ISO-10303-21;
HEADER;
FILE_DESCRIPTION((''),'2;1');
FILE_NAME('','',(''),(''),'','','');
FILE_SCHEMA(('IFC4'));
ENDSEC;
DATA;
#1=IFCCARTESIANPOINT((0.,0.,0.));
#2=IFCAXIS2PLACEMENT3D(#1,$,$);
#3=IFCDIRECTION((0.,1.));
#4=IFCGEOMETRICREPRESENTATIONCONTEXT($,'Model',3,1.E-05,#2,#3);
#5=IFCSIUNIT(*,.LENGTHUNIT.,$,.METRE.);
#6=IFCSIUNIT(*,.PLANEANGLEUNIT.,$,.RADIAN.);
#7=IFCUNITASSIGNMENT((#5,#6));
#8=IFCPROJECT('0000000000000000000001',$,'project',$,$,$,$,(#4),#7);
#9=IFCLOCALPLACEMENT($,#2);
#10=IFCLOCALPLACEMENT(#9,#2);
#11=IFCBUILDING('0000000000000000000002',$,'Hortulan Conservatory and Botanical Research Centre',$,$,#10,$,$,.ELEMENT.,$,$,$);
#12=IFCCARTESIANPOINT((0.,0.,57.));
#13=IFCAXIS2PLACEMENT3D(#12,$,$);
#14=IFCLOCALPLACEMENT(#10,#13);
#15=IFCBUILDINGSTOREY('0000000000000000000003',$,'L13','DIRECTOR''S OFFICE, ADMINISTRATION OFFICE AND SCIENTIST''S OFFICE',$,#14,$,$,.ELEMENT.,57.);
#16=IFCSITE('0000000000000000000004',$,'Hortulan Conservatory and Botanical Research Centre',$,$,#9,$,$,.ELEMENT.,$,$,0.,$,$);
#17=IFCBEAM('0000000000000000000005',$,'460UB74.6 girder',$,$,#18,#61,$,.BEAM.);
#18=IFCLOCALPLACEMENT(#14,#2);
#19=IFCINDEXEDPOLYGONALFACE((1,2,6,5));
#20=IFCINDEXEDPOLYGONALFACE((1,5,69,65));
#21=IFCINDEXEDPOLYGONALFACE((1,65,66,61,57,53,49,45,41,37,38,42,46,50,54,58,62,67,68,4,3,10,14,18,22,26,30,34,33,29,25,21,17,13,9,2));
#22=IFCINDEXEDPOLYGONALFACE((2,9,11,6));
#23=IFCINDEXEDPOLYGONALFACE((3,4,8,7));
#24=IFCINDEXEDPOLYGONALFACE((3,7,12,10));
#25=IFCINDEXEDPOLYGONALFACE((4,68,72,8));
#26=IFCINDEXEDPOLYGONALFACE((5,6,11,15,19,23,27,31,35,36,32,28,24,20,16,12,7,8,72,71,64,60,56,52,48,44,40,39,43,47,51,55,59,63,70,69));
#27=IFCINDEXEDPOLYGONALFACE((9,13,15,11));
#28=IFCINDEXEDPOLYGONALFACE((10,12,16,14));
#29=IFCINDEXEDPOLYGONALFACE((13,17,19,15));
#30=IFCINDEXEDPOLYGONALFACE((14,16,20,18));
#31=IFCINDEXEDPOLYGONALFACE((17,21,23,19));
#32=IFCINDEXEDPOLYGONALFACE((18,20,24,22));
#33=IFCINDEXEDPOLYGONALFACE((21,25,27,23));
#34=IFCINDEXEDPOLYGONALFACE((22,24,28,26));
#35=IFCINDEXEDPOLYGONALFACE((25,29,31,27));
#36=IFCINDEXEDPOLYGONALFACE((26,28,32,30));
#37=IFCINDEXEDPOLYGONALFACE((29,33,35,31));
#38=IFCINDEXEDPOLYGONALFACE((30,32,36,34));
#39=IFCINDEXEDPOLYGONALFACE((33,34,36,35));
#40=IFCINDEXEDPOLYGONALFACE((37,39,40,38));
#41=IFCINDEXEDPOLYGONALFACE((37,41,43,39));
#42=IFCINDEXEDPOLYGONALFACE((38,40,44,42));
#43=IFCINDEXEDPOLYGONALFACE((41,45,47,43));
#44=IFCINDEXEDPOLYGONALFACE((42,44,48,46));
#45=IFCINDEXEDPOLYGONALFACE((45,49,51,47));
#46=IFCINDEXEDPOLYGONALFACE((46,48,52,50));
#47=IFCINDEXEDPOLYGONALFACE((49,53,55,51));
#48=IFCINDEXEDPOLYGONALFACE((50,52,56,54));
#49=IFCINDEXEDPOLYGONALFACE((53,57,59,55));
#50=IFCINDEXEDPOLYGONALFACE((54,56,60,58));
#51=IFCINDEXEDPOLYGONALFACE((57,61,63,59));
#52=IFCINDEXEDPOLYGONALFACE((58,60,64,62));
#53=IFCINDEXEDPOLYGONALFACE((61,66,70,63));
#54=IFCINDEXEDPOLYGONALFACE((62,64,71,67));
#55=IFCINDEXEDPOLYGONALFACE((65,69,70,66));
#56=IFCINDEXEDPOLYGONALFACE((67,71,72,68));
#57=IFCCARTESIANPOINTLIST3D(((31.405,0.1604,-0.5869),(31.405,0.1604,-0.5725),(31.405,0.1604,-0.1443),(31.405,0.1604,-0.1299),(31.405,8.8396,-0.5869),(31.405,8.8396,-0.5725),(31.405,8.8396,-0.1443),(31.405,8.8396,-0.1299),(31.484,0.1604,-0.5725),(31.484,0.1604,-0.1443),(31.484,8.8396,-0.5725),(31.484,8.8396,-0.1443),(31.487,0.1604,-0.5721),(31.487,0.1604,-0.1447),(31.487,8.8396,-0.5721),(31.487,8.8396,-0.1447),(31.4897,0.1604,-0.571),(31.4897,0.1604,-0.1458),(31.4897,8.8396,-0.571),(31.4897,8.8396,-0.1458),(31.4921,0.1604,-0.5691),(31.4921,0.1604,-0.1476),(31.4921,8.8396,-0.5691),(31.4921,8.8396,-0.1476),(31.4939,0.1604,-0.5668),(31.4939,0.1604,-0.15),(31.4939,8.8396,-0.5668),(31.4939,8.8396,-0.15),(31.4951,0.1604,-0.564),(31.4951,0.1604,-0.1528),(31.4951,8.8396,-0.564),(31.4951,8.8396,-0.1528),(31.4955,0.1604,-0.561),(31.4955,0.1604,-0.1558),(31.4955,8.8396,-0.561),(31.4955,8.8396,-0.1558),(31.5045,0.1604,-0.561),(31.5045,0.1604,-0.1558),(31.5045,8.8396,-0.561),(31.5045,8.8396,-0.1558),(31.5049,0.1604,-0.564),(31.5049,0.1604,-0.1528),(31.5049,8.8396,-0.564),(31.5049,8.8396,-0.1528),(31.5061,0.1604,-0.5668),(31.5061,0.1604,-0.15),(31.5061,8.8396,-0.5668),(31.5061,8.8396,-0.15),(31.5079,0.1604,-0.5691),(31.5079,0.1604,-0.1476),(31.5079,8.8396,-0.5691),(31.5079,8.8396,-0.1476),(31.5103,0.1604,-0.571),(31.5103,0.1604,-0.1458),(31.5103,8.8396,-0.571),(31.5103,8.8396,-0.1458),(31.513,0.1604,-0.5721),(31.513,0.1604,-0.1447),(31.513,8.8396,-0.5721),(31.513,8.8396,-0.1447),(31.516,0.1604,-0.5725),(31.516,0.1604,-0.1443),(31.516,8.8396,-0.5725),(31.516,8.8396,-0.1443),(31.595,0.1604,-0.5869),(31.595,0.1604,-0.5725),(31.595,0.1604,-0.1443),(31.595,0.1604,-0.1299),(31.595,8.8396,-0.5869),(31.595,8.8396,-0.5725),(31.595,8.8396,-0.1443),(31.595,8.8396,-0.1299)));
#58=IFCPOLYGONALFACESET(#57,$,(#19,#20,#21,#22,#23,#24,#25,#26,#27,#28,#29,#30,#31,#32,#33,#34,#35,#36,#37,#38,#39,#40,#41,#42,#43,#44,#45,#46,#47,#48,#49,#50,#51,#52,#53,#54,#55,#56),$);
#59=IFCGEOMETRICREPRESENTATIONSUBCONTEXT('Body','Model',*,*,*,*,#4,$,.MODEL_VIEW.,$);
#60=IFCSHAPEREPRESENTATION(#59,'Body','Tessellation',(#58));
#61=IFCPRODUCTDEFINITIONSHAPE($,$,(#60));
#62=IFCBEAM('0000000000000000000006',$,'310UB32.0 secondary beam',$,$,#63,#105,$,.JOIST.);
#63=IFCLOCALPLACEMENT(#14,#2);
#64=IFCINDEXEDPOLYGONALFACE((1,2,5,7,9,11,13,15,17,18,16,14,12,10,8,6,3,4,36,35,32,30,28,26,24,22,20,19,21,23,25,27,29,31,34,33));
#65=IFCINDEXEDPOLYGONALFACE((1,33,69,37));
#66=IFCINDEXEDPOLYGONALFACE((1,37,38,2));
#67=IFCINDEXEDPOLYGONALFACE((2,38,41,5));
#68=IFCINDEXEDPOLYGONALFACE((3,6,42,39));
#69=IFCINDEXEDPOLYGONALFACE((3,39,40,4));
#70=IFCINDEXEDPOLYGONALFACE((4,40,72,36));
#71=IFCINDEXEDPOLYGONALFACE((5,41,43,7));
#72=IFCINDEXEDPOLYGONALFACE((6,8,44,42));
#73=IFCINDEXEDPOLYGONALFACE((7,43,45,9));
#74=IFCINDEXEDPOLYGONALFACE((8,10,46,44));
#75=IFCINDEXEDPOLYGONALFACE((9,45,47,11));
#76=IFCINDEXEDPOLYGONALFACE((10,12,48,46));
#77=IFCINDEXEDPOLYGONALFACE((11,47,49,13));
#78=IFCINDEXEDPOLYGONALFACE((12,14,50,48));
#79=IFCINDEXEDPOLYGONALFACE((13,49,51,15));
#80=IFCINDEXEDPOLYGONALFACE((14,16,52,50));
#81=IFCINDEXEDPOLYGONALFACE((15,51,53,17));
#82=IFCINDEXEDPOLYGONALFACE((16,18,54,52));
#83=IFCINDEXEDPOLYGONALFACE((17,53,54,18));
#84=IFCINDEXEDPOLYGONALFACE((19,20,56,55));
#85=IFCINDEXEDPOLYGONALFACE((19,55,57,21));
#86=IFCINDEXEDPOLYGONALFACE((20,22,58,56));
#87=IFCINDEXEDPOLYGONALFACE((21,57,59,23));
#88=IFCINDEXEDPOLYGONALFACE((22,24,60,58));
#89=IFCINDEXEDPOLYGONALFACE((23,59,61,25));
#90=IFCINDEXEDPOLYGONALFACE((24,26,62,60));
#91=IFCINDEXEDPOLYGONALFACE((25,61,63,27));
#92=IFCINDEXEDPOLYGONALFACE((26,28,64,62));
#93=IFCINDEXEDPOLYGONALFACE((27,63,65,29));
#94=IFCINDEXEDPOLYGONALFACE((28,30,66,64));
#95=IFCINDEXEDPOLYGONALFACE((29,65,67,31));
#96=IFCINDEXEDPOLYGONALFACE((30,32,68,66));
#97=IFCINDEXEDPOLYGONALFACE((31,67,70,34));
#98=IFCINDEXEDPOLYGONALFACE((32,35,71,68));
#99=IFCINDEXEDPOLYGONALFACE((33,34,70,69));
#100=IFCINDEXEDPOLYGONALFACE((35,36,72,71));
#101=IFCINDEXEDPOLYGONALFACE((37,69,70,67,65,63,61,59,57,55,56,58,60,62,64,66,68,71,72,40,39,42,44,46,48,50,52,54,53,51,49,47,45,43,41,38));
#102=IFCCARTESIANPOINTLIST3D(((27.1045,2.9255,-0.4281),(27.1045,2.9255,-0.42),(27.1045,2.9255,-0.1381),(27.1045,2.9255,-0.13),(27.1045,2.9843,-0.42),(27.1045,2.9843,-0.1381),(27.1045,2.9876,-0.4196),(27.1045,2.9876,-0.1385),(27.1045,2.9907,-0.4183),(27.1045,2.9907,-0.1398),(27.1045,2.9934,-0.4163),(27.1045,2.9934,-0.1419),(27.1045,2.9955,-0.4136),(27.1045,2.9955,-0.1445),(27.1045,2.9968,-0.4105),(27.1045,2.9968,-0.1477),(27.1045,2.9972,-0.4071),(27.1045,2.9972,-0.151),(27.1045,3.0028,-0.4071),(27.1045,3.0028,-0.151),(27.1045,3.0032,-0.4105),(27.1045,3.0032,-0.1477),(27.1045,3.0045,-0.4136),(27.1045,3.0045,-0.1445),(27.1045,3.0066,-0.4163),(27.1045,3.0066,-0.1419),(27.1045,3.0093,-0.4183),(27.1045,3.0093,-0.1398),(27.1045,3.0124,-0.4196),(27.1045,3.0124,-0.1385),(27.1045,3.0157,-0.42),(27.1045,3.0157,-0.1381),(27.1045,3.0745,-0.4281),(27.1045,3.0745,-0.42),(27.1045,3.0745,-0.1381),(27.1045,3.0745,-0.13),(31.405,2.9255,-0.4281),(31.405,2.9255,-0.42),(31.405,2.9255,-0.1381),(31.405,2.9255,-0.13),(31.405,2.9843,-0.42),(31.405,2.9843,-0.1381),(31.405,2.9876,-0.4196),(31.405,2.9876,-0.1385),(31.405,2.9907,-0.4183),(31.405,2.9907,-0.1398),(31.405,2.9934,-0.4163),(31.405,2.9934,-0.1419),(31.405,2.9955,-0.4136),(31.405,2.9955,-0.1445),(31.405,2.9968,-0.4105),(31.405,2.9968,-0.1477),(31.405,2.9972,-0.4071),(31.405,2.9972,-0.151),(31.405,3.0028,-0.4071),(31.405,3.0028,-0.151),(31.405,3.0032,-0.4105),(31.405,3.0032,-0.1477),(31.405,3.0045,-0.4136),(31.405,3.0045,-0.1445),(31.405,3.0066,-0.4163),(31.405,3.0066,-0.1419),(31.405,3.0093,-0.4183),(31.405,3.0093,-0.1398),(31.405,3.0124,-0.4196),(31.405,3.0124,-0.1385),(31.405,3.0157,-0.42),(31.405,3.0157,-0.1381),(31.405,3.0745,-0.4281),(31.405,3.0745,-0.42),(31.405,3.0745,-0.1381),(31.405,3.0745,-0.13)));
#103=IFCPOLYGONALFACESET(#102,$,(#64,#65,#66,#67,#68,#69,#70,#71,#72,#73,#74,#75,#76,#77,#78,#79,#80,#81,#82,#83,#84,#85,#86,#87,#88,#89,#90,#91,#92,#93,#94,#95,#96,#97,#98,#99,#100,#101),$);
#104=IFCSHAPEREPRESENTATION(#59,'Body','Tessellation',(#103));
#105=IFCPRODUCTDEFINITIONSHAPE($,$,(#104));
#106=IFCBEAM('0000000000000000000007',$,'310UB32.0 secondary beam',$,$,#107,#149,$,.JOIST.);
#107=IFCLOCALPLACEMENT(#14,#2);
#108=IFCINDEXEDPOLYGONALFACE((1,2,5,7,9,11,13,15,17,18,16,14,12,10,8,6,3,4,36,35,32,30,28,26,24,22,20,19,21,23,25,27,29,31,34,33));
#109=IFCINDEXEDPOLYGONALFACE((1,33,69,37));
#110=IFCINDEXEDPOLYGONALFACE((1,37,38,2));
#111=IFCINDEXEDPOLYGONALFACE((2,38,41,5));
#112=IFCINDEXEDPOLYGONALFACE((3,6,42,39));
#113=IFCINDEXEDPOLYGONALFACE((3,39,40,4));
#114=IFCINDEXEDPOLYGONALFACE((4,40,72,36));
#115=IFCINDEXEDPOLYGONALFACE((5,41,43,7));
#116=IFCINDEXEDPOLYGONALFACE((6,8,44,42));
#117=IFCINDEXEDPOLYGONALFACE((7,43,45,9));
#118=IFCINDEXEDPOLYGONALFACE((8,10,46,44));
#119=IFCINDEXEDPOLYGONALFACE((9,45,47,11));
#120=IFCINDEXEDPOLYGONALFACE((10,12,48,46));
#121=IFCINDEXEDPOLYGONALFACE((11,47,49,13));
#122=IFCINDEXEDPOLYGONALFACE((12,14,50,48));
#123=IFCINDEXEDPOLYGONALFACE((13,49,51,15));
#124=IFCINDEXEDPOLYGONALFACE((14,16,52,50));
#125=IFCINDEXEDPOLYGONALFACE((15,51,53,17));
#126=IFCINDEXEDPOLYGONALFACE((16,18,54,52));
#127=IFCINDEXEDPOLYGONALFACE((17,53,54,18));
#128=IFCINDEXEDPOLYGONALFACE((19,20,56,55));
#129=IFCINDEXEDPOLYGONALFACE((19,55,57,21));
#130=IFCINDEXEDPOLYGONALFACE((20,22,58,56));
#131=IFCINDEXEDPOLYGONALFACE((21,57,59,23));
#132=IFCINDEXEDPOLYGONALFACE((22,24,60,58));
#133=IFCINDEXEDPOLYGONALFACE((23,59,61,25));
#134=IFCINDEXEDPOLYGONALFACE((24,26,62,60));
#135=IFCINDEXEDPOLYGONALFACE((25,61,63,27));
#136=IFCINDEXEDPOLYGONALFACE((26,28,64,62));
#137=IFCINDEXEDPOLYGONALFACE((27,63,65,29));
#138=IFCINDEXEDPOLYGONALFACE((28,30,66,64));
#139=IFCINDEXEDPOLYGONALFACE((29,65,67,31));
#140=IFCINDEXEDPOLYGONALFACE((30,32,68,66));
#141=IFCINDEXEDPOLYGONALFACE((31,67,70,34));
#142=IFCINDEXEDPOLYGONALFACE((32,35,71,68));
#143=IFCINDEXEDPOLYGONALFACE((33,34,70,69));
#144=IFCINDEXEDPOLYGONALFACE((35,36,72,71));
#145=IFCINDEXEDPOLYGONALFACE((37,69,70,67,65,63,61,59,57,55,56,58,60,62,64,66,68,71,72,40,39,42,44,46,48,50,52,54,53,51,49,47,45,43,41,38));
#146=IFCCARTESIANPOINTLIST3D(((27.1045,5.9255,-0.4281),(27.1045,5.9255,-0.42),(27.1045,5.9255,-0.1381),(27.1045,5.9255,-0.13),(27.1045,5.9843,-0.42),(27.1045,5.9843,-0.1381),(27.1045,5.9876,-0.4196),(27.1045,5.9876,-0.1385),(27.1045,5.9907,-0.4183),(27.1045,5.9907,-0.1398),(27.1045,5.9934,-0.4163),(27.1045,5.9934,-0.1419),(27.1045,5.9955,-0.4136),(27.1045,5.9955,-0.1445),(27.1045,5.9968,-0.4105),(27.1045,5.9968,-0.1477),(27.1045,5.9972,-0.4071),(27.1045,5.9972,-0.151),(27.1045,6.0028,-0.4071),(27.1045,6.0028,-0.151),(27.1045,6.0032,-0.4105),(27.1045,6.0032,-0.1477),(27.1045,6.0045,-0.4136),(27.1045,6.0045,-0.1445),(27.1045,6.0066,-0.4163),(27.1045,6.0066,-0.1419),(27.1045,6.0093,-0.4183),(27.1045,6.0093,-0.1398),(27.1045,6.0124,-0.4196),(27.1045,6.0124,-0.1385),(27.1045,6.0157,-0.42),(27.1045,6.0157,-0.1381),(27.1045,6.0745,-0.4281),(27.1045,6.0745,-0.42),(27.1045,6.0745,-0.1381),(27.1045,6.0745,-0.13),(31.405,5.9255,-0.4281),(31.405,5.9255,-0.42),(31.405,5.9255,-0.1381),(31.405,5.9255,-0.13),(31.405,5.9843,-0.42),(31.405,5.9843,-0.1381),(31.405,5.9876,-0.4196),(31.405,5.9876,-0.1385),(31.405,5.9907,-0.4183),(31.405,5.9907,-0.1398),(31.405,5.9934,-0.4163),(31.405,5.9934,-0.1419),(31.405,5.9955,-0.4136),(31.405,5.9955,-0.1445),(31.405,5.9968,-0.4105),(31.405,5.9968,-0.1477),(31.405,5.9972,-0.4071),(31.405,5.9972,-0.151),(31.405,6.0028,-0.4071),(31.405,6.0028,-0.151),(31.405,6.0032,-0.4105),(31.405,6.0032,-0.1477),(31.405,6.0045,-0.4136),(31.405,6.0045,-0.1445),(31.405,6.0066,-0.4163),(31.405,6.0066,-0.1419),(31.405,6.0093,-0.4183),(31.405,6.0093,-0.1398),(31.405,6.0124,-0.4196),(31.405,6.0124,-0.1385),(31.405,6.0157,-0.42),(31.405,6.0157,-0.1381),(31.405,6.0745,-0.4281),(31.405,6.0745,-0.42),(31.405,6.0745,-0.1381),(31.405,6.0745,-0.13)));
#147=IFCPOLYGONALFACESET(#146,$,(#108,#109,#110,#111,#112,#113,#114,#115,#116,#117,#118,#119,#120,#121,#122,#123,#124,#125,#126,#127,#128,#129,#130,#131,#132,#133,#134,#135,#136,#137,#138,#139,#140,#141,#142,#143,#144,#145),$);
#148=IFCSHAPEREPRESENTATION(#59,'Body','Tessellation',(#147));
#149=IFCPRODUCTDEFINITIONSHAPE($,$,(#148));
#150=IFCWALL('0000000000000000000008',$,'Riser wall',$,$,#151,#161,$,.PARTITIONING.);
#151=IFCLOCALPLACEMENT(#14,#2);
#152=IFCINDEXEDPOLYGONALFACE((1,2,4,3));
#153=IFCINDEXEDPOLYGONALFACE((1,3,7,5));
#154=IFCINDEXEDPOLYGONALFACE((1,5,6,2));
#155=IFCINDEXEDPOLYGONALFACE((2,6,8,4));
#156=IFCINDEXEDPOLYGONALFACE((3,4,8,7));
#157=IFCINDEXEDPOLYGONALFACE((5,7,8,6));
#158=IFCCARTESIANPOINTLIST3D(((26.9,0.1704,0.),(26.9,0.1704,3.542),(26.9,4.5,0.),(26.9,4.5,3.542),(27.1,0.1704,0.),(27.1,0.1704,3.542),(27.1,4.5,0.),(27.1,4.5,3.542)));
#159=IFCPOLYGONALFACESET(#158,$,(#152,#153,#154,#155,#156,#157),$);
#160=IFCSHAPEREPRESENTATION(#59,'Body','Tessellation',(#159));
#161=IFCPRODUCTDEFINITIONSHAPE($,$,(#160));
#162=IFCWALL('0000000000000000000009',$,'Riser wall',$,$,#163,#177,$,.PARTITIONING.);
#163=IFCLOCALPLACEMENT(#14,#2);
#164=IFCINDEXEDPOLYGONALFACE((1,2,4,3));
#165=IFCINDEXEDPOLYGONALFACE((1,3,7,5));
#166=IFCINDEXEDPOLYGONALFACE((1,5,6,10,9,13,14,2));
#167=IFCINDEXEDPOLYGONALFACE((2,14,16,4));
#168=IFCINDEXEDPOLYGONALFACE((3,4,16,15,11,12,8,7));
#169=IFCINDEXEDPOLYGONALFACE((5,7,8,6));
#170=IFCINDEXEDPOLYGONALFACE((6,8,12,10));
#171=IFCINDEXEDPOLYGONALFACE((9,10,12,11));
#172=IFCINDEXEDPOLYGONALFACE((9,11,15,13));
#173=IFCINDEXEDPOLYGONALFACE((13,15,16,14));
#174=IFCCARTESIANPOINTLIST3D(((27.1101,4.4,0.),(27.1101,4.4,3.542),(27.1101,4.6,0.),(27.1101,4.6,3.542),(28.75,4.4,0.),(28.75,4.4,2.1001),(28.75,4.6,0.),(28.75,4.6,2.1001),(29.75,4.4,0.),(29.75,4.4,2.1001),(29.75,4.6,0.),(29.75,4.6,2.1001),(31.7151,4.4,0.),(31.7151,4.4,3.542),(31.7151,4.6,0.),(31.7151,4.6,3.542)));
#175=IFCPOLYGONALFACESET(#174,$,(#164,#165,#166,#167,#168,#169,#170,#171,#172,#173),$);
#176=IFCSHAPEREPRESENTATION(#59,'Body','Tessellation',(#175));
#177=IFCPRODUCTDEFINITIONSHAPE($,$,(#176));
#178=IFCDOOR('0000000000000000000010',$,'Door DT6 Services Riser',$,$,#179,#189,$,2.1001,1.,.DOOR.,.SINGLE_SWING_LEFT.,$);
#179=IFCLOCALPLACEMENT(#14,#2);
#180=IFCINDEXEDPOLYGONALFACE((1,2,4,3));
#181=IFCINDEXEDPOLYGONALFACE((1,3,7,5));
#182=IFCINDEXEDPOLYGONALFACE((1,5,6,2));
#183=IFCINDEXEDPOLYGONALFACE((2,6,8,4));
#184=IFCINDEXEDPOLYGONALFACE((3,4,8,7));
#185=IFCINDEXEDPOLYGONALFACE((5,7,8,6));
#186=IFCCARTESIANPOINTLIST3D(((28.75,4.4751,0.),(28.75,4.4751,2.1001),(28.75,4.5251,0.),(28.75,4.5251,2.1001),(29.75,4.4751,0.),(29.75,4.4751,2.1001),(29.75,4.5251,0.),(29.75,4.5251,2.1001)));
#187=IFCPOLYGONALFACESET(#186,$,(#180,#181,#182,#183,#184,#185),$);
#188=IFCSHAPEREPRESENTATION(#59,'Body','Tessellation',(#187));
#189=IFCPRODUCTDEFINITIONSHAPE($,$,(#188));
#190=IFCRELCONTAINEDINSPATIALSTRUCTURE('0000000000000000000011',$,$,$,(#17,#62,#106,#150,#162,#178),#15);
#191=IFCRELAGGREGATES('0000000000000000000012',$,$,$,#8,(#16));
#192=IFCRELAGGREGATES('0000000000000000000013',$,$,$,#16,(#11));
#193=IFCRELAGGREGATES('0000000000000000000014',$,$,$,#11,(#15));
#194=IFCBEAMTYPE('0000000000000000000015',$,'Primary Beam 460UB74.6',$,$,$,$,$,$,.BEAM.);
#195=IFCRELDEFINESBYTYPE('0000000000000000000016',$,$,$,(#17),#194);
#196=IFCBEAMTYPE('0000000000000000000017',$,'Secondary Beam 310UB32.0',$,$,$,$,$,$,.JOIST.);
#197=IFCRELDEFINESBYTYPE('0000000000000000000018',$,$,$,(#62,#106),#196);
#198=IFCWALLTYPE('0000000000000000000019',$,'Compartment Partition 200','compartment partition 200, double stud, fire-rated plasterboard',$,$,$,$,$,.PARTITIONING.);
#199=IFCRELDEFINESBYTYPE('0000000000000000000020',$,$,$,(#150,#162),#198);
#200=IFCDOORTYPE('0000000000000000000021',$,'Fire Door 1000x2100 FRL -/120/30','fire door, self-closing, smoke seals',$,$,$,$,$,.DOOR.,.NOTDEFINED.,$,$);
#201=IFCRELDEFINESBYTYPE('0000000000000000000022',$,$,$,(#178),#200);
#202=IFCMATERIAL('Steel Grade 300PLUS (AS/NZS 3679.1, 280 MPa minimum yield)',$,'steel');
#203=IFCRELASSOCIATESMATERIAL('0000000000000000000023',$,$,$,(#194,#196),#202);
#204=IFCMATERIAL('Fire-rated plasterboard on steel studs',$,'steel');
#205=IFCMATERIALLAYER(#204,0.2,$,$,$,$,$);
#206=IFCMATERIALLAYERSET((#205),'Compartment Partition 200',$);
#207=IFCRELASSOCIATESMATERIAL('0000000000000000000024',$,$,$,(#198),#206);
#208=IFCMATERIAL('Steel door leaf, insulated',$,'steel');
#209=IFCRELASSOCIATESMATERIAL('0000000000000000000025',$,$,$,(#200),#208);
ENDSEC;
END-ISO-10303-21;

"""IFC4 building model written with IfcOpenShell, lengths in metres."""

from ifc_helpers import new_model, si_unit, direction, frame, frame_2d, origin, origin_2d, place, context, subcontext, project, spatial, rectangle, i_section, extrude, material, layer, layer_set, material_profile, profile_set, type_object, element, fill, save


model = new_model("IFC4")

# Units and contexts
model_context = context("Model", 3, precision=1e-05, world=origin(), true_north=direction((0.0, 1.0)))
body_context = subcontext(model_context, "Body", "Model", "MODEL_VIEW")
ifc_project = project(units=[si_unit("LENGTHUNIT", "METRE"), si_unit("PLANEANGLEUNIT", "RADIAN")], contexts=[model_context])

# Site, building, storey
site_placement = place(None, origin())
site = spatial("IfcSite", under=ifc_project, at=site_placement, Name="Hortulan Conservatory and Botanical Research Centre", CompositionType="ELEMENT", RefElevation=0.0)
building_placement = place(site_placement, origin())
building = spatial("IfcBuilding", under=site, at=building_placement, Name="Hortulan Conservatory and Botanical Research Centre", CompositionType="ELEMENT")
storey_placement = place(building_placement, frame((0.0, 0.0, 57.0)))
storey = spatial("IfcBuildingStorey", under=building, at=storey_placement, Name="L13", Description="DIRECTOR'S OFFICE, ADMINISTRATION OFFICE AND SCIENTIST'S OFFICE", CompositionType="ELEMENT", Elevation=57.0)

# Shared definitions
ifc_material_1 = material(Name="Steel Grade 300PLUS (AS/NZS 3679.1, 280 MPa minimum yield)", Category="steel")

# Beams
ifc_material_profile_1 = material_profile(ifc_material_1, i_section(OverallWidth=0.1899, OverallDepth=0.457, WebThickness=0.009, FlangeThickness=0.0144, FilletRadius=0.0115, at=origin_2d()), Name="460UB74.6")
ifc_profile_set_1 = profile_set([ifc_material_profile_1], Name="Steel Grade 300PLUS (AS/NZS 3679.1, 280 MPa minimum yield)")
beam_type_1 = type_object("IfcBeamType", Name="Primary Beam 460UB74.6", PredefinedType="BEAM", material=ifc_profile_set_1)
beam_1_placement = place(storey_placement, frame((31.5, 0.1604, -0.3584), z_axis=(0.0, 1.0, 0.0), x_axis=(-1.0, 0.0, 0.0)))
element("IfcBeam", 1, at=beam_1_placement, inside=storey, type_object=beam_type_1, Name="460UB74.6 girder", PredefinedType="BEAM", context=body_context, shape_type="SweptSolid", body=[
    extrude(i_section(OverallWidth=0.1899, OverallDepth=0.457, WebThickness=0.009, FlangeThickness=0.0144, FilletRadius=0.0115, at=origin_2d()), origin(), (0.0, 0.0, 1.0), 8.6792),
])
ifc_material_profile_2 = material_profile(ifc_material_1, i_section(OverallWidth=0.1489, OverallDepth=0.2981, WebThickness=0.0056, FlangeThickness=0.0081, FilletRadius=0.0129, at=origin_2d()), Name="310UB32.0")
ifc_profile_set_2 = profile_set([ifc_material_profile_2], Name="Steel Grade 300PLUS (AS/NZS 3679.1, 280 MPa minimum yield)")
beam_type_2 = type_object("IfcBeamType", Name="Secondary Beam 310UB32.0", PredefinedType="JOIST", material=ifc_profile_set_2)
for number, where, z_axis, x_axis, name in (
    (2, (27.1045, 3.0, -0.2791), (1.0, 0.0, 0.0), (0.0, 1.0, 0.0), "310UB32.0 secondary beam"),
    (3, (27.1045, 6.0, -0.2791), (1.0, 0.0, 0.0), (0.0, 1.0, 0.0), "310UB32.0 secondary beam"),
):
    element("IfcBeam", number, at=place(storey_placement, frame(where, z_axis=z_axis, x_axis=x_axis)), inside=storey, type_object=beam_type_2, Name=name, PredefinedType="JOIST", context=body_context, shape_type="SweptSolid", body=[
        extrude(i_section(OverallWidth=0.1489, OverallDepth=0.2981, WebThickness=0.0056, FlangeThickness=0.0081, FilletRadius=0.0129, at=origin_2d()), origin(), (0.0, 0.0, 1.0), 4.3005),
    ])

# Wall
ifc_material_2 = material(Name="Fire-rated plasterboard on steel studs", Category="steel")
ifc_layer_1 = layer(ifc_material_2, 0.2)
ifc_layer_set_1 = layer_set([ifc_layer_1], Name="Compartment Partition 200")
wall_type_1 = type_object("IfcWallType", Name="Compartment Partition 200", Description="compartment partition 200, double stud, fire-rated plasterboard", PredefinedType="PARTITIONING", material=ifc_layer_set_1)
wall_1_placement = place(storey_placement, frame((27.0, 0.1704, 0.0), z_axis=(0.0, 0.0, 1.0), x_axis=(0.0, 1.0, 0.0)))
element("IfcWall", 4, at=wall_1_placement, inside=storey, type_object=wall_type_1, Name="Riser wall", PredefinedType="PARTITIONING", context=body_context, shape_type="SweptSolid", body=[
    extrude(rectangle(XDim=4.3296, YDim=0.2, at=frame_2d((2.1648, 0.0))), origin(), (0.0, 0.0, 1.0), 3.542),
])

# Wall, opening, door
wall_2_placement = place(storey_placement, frame((27.1101, 4.5, 0.0), z_axis=(0.0, 0.0, 1.0), x_axis=(1.0, 0.0, 0.0)))
wall_2 = element("IfcWall", 5, at=wall_2_placement, inside=storey, type_object=wall_type_1, Name="Riser wall", PredefinedType="PARTITIONING", context=body_context, shape_type="SweptSolid", body=[
    extrude(rectangle(XDim=4.605, YDim=0.2, at=frame_2d((2.3025, 0.0))), origin(), (0.0, 0.0, 1.0), 3.542),
])
opening_1_placement = place(wall_2_placement, frame((1.6399, 0.0, 0.0)))
opening_1 = element("IfcOpeningElement", 6, at=opening_1_placement, cuts=wall_2, PredefinedType="OPENING", context=body_context, shape_type="SweptSolid", body=[
    extrude(rectangle(XDim=1.0, YDim=2.1001, at=frame_2d((0.5, 1.05))), frame((0.0, 0.1099, 0.0), z_axis=(0.0, -1.0, 0.0), x_axis=(1.0, 0.0, 0.0)), (0.0, 0.0, 1.0), 0.22),
])
ifc_material_3 = material(Name="Steel door leaf, insulated", Category="steel")
door_type = type_object("IfcDoorType", Name="Fire Door 1000x2100 FRL -/120/30", Description="fire door, self-closing, smoke seals", OperationType="NOTDEFINED", PredefinedType="DOOR", material=ifc_material_3)
door_placement = place(opening_1_placement, frame((1.0, 0.0, 0.0), z_axis=(0.0, 0.0, 1.0), x_axis=(-1.0, 0.0, 0.0)))
door = element("IfcDoor", 7, at=door_placement, inside=storey, type_object=door_type, Name="Door DT6 Services Riser", OperationType="SINGLE_SWING_LEFT", OverallHeight=2.1001, OverallWidth=1.0, PredefinedType="DOOR", context=body_context, shape_type="SweptSolid", body=[
    extrude(rectangle(XDim=1.0, YDim=2.1001, at=frame_2d((0.5, 1.05))), frame((0.0, 0.0249, 0.0), z_axis=(0.0, -1.0, 0.0), x_axis=(1.0, 0.0, 0.0)), (0.0, 0.0, 1.0), 0.05),
])
fill(opening_1, door)

save(model, "model.ifc")
